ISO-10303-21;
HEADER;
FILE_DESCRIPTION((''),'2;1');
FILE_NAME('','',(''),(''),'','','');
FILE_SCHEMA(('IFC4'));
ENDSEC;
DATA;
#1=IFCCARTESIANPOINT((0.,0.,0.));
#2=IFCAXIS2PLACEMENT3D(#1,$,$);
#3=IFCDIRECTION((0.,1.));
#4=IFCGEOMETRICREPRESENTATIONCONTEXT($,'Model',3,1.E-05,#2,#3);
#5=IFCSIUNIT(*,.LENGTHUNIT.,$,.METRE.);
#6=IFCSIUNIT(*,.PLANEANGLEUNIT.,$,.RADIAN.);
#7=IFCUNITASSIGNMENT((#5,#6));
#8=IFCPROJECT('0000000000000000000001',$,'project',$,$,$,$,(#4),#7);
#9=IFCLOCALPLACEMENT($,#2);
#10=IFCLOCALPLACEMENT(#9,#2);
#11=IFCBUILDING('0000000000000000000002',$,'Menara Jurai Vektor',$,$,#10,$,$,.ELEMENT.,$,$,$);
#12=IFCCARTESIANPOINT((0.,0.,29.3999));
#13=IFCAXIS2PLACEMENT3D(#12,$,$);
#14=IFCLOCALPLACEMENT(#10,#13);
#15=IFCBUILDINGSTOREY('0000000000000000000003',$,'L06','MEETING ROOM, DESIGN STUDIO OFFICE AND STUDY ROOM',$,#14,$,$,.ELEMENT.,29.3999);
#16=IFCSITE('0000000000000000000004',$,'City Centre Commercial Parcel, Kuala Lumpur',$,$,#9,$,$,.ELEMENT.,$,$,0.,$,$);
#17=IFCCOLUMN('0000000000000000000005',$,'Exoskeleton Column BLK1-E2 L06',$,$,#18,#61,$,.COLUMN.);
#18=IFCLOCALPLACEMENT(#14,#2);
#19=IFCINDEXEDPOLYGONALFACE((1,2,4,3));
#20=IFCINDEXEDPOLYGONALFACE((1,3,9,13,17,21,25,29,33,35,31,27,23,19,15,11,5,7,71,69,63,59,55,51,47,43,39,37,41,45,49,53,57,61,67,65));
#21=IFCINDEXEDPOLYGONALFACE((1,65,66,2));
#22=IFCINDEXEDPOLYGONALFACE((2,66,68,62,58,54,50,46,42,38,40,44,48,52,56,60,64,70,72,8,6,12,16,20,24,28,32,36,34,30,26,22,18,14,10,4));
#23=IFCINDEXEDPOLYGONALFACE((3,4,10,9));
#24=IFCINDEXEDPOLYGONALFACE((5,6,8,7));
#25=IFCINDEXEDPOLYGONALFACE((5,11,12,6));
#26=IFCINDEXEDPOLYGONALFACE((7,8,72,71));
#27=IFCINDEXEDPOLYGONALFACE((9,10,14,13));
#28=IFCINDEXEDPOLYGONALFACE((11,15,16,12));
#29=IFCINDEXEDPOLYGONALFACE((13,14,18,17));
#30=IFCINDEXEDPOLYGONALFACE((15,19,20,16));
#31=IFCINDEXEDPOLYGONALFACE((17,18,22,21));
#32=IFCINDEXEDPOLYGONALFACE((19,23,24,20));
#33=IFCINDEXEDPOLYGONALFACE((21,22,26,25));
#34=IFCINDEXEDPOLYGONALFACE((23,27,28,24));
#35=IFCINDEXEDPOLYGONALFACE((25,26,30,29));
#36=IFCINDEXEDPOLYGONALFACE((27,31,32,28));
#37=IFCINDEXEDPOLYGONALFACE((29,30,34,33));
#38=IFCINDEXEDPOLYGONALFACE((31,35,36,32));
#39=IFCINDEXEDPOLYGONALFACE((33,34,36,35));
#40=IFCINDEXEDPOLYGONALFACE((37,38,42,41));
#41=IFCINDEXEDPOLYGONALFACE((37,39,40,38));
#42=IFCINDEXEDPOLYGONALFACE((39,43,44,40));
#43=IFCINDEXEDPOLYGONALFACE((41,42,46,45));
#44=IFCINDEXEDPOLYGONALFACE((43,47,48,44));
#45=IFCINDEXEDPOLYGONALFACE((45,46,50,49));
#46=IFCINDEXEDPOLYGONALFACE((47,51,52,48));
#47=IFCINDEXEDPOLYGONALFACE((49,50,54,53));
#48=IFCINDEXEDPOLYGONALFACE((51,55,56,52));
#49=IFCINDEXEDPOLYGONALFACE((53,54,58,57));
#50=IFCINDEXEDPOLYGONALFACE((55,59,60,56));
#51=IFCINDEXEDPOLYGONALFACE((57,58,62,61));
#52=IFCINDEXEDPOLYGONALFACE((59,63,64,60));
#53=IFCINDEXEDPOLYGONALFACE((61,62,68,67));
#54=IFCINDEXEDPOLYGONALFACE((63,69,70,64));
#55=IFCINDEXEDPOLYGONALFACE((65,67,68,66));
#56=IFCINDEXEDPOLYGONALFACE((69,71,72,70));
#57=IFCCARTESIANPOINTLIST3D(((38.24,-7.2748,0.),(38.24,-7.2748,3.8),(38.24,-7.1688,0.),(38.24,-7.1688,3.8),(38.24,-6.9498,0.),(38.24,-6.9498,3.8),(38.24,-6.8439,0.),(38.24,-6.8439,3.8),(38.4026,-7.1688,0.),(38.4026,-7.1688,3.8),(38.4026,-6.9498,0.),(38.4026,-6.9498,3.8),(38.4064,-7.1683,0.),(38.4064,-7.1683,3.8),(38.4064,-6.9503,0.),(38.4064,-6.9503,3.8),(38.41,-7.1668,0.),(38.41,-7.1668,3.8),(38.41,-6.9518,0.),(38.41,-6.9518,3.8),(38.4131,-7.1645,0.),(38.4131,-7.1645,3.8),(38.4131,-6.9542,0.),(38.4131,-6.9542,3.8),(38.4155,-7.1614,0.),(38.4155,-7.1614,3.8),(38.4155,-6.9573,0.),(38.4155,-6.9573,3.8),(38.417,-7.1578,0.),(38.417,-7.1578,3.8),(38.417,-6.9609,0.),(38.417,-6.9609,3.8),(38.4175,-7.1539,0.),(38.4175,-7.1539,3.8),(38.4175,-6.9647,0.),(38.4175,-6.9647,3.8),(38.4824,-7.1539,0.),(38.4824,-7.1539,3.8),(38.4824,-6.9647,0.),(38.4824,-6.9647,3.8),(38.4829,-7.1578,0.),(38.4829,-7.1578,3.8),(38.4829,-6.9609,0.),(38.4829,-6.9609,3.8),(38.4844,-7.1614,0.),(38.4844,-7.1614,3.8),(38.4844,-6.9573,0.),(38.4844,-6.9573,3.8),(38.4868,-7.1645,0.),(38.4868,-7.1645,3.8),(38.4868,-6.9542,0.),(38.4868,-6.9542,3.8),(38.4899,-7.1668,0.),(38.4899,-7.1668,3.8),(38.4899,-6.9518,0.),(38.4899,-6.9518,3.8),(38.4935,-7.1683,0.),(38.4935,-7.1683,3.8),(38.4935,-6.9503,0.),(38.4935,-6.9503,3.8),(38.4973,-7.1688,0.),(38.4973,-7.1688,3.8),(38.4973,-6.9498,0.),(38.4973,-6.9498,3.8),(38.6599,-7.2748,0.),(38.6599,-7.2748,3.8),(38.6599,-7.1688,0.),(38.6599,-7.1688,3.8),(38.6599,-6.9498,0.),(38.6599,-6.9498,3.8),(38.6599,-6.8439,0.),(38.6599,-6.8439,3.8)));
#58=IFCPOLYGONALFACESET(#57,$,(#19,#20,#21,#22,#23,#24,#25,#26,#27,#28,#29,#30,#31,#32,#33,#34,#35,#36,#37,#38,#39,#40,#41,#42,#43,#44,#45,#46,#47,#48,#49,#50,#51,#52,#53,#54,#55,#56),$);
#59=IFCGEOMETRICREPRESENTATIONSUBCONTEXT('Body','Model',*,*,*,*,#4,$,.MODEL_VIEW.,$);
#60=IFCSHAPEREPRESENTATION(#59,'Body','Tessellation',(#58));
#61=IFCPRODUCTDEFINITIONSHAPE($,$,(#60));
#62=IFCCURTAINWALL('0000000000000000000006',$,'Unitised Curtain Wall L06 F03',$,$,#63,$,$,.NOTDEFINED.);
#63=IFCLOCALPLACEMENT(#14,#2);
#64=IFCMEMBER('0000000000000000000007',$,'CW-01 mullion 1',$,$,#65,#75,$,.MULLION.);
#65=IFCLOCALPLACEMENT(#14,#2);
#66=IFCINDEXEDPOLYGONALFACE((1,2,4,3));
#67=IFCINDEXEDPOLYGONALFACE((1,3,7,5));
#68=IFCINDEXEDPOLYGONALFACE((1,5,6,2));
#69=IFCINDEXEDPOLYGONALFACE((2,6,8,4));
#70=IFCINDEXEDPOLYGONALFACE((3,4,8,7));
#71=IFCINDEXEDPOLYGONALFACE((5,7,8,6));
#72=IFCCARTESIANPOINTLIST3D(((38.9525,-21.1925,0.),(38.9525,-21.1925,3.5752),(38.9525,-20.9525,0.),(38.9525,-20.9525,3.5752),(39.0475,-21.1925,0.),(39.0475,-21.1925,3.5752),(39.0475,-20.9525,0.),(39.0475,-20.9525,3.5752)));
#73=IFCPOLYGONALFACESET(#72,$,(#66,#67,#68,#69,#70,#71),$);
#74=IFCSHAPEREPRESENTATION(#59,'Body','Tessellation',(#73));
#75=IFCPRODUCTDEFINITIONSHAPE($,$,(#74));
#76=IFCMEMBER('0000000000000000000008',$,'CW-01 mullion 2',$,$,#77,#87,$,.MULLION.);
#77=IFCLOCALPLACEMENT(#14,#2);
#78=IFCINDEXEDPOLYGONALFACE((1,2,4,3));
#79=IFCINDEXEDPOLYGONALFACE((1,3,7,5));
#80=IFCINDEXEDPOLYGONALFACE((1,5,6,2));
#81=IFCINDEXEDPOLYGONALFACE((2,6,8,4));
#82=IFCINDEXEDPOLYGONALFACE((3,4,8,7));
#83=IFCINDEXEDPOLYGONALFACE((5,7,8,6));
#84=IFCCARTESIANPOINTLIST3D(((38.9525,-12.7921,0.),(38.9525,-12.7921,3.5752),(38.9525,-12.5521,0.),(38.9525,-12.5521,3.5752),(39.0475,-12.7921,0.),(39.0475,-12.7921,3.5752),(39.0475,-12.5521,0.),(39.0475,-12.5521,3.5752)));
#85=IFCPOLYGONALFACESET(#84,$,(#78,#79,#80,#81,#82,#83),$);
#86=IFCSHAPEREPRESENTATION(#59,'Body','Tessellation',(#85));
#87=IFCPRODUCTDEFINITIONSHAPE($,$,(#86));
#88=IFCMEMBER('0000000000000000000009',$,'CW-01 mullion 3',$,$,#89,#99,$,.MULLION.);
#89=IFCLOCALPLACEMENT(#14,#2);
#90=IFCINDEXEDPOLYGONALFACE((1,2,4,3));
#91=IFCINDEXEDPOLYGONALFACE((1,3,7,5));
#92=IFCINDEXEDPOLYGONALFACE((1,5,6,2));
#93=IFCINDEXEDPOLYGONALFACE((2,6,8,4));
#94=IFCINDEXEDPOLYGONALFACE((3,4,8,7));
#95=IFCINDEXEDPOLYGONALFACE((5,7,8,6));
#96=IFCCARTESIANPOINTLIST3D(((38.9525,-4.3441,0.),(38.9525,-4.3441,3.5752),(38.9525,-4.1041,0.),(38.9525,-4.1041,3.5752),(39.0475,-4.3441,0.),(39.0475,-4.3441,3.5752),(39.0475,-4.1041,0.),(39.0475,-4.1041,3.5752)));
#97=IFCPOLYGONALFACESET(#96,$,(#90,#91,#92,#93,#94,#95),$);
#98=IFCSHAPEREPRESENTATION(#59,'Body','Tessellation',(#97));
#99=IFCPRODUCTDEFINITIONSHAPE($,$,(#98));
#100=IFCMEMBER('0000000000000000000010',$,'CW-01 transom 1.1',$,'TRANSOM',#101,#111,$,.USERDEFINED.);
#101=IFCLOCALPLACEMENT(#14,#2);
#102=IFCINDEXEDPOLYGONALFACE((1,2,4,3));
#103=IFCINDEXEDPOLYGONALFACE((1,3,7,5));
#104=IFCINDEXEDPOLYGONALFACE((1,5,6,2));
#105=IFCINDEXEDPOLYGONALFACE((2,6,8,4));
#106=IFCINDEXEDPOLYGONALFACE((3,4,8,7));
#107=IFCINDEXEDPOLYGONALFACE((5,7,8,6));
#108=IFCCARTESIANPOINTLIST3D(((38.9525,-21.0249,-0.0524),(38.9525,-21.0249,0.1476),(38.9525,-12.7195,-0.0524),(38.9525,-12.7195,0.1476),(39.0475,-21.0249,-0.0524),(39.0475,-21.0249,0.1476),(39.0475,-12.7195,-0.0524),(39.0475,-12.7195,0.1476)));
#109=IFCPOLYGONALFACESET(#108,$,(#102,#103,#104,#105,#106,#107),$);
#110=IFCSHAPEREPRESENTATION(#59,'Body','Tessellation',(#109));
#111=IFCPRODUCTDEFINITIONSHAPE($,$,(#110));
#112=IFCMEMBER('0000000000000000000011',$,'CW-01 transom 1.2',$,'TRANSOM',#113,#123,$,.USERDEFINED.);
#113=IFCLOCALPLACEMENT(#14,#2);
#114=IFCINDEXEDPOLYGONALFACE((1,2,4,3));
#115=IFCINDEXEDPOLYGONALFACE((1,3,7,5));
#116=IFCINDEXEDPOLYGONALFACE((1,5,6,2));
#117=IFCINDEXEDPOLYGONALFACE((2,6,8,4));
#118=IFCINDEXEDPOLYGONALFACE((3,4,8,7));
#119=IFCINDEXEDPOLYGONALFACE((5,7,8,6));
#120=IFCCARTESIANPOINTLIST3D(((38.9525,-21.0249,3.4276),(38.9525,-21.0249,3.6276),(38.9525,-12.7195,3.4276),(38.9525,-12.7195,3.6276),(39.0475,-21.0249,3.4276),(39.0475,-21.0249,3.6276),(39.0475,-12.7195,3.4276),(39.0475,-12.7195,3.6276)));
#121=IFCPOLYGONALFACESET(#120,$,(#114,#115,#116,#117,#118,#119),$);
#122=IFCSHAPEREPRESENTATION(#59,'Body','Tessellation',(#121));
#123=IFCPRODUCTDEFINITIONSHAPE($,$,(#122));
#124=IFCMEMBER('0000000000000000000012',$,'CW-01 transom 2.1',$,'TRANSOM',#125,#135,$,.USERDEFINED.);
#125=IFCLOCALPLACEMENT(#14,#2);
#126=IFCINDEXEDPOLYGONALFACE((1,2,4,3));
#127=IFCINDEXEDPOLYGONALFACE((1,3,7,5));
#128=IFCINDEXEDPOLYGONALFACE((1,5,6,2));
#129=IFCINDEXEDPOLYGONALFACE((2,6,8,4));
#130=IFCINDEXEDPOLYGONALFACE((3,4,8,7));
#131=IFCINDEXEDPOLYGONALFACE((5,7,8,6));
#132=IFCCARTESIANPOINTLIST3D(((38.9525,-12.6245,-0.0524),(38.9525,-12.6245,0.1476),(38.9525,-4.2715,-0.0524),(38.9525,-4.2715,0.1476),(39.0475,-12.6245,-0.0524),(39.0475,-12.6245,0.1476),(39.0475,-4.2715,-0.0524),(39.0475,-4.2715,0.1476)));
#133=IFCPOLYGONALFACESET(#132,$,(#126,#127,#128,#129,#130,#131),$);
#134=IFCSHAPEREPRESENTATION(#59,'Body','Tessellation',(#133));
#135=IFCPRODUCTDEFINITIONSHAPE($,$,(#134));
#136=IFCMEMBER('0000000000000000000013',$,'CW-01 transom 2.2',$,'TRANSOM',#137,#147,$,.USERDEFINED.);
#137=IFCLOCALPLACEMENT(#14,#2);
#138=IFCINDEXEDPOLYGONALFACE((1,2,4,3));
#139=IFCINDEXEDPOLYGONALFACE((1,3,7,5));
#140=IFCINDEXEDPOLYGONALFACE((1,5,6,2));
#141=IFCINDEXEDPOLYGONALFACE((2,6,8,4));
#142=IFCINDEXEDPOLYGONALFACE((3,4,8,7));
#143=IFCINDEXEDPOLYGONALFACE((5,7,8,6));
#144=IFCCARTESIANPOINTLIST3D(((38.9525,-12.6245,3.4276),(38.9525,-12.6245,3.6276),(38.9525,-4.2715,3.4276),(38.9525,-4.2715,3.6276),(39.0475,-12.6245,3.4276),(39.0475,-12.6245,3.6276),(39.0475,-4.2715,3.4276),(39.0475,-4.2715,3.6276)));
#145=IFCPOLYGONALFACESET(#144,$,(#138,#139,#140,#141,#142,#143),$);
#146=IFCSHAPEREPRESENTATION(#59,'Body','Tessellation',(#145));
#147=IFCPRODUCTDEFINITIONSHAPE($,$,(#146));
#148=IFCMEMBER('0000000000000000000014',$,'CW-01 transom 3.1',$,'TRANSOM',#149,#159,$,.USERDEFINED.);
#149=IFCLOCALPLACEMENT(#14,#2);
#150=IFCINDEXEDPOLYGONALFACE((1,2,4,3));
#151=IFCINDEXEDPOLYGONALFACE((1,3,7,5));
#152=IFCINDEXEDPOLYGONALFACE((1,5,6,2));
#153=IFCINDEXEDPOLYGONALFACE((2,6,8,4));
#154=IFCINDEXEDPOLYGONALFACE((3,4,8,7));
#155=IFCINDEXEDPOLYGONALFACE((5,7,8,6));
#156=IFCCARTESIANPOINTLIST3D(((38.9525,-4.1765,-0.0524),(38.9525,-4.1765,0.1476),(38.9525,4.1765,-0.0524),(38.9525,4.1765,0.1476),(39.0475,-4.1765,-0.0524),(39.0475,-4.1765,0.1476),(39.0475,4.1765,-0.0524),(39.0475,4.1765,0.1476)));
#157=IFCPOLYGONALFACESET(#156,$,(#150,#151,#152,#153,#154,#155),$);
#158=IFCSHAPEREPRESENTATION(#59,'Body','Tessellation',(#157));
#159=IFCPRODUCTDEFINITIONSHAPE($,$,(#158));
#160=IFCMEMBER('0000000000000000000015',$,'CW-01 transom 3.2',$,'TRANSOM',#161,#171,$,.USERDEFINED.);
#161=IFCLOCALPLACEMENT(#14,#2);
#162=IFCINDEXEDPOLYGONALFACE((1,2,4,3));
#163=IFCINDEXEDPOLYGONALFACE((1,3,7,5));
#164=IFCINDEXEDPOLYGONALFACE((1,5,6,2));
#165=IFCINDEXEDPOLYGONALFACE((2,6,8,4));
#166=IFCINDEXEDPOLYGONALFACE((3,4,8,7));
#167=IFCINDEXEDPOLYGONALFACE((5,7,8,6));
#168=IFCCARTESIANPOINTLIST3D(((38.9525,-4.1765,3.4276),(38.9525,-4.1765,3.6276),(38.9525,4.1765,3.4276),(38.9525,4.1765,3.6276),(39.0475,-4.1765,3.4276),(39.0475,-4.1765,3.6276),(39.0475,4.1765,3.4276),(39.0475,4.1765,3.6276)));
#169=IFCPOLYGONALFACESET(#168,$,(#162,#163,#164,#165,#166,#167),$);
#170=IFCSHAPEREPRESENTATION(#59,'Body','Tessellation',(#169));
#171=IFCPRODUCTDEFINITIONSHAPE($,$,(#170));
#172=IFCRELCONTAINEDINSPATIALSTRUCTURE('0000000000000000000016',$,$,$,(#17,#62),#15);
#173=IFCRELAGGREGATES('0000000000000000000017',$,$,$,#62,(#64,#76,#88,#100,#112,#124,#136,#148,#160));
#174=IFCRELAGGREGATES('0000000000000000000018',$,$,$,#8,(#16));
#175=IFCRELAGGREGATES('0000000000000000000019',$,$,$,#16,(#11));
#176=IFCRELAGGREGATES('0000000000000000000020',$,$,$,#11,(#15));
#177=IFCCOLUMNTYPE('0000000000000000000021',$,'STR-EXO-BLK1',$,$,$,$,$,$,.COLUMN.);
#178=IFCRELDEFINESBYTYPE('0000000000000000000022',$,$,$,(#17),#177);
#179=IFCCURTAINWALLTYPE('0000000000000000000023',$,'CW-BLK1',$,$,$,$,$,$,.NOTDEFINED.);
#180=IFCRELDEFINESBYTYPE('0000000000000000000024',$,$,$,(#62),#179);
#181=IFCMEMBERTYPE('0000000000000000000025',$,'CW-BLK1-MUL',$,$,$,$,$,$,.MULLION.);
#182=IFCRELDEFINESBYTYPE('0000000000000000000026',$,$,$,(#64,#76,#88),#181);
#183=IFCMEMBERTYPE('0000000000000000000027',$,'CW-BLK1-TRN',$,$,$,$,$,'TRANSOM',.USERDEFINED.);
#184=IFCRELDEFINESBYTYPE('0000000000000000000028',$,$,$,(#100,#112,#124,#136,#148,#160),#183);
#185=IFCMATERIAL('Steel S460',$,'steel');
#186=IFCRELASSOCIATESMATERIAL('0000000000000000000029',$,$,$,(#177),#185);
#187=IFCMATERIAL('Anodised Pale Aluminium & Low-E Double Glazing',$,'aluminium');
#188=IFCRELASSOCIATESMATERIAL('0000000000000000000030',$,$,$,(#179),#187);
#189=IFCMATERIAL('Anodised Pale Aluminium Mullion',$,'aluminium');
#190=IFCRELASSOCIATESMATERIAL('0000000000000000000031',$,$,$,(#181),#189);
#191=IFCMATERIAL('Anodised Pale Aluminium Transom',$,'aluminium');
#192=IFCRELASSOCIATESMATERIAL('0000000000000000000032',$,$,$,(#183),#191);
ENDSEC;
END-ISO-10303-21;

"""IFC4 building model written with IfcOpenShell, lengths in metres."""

from ifc_helpers import new_model, si_unit, direction, frame, origin, origin_2d, place, context, subcontext, project, spatial, rectangle, i_section, extrude, material, material_profile, profile_set, type_object, element, aggregate, save


model = new_model("IFC4")

# Units and contexts
model_context = context("Model", 3, precision=1e-05, world=origin(), true_north=direction((0.0, 1.0)))
body_context = subcontext(model_context, "Body", "Model", "MODEL_VIEW")
ifc_project = project(units=[si_unit("LENGTHUNIT", "METRE"), si_unit("PLANEANGLEUNIT", "RADIAN")], contexts=[model_context])

# Site, building, storey
site_placement = place(None, origin())
site = spatial("IfcSite", under=ifc_project, at=site_placement, Name="City Centre Commercial Parcel, Kuala Lumpur", CompositionType="ELEMENT", RefElevation=0.0)
building_placement = place(site_placement, origin())
building = spatial("IfcBuilding", under=site, at=building_placement, Name="Menara Jurai Vektor", CompositionType="ELEMENT")
storey_placement = place(building_placement, frame((0.0, 0.0, 29.3999)))
storey = spatial("IfcBuildingStorey", under=building, at=storey_placement, Name="L06", Description="MEETING ROOM, DESIGN STUDIO OFFICE AND STUDY ROOM", CompositionType="ELEMENT", Elevation=29.3999)

# Column
ifc_material_1 = material(Name="Steel S460", Category="steel")
ifc_material_profile_1 = material_profile(ifc_material_1, i_section(OverallWidth=0.4199, OverallDepth=0.4309, WebThickness=0.0649, FlangeThickness=0.106, FilletRadius=0.0149, at=origin_2d()), Name="HD 400x900")
ifc_profile_set_1 = profile_set([ifc_material_profile_1], Name="Steel S460")
column_type = type_object("IfcColumnType", Name="STR-EXO-BLK1", PredefinedType="COLUMN", material=ifc_profile_set_1)
column_placement = place(storey_placement, frame((38.45, -7.0593, 0.0), z_axis=(0.0, 0.0, 1.0), x_axis=(1.0, 0.0, 0.0)))
element("IfcColumn", 1, at=column_placement, inside=storey, type_object=column_type, Name="Exoskeleton Column BLK1-E2 L06", PredefinedType="COLUMN", context=body_context, shape_type="SweptSolid", body=[
    extrude(i_section(OverallWidth=0.4199, OverallDepth=0.4309, WebThickness=0.0649, FlangeThickness=0.106, FilletRadius=0.0149, at=origin_2d()), origin(), (0.0, 0.0, 1.0), 3.8),
])

# Curtain wall, members
ifc_material_2 = material(Name="Anodised Pale Aluminium & Low-E Double Glazing", Category="aluminium")
curtain_wall_type = type_object("IfcCurtainWallType", Name="CW-BLK1", PredefinedType="NOTDEFINED", material=ifc_material_2)
curtain_wall_placement = place(storey_placement, origin())
curtain_wall = element("IfcCurtainWall", 2, at=curtain_wall_placement, inside=storey, type_object=curtain_wall_type, Name="Unitised Curtain Wall L06 F03", PredefinedType="NOTDEFINED")
ifc_material_3 = material(Name="Anodised Pale Aluminium Mullion", Category="aluminium")
ifc_material_profile_2 = material_profile(ifc_material_3, rectangle(XDim=0.095, YDim=0.24, at=origin_2d()), Name="ALU MUL 95x240")
ifc_profile_set_2 = profile_set([ifc_material_profile_2], Name="Anodised Pale Aluminium Mullion")
member_type_1 = type_object("IfcMemberType", Name="CW-BLK1-MUL", PredefinedType="MULLION", material=ifc_profile_set_2)
member_1_placement = place(storey_placement, frame((39.0, -21.0725, 0.0), z_axis=(0.0, 0.0, 1.0), x_axis=(-1.0, 0.0, 0.0)))
member_1 = element("IfcMember", 3, at=member_1_placement, type_object=member_type_1, Name="CW-01 mullion 1", PredefinedType="MULLION", context=body_context, shape_type="SweptSolid", body=[
    extrude(rectangle(XDim=0.095, YDim=0.24, at=origin_2d()), origin(), (0.0, 0.0, 1.0), 3.5752),
])
member_2_placement = place(storey_placement, frame((39.0, -12.6721, 0.0), z_axis=(0.0, 0.0, 1.0), x_axis=(-1.0, 0.0, 0.0)))
member_2 = element("IfcMember", 4, at=member_2_placement, type_object=member_type_1, Name="CW-01 mullion 2", PredefinedType="MULLION", context=body_context, shape_type="SweptSolid", body=[
    extrude(rectangle(XDim=0.095, YDim=0.24, at=origin_2d()), origin(), (0.0, 0.0, 1.0), 3.5752),
])
member_3_placement = place(storey_placement, frame((39.0, -4.2241, 0.0), z_axis=(0.0, 0.0, 1.0), x_axis=(-1.0, 0.0, 0.0)))
member_3 = element("IfcMember", 5, at=member_3_placement, type_object=member_type_1, Name="CW-01 mullion 3", PredefinedType="MULLION", context=body_context, shape_type="SweptSolid", body=[
    extrude(rectangle(XDim=0.095, YDim=0.24, at=origin_2d()), origin(), (0.0, 0.0, 1.0), 3.5752),
])
ifc_material_4 = material(Name="Anodised Pale Aluminium Transom", Category="aluminium")
ifc_material_profile_3 = material_profile(ifc_material_4, rectangle(XDim=0.095, YDim=0.2, at=origin_2d()), Name="ALU TRN 95x200")
ifc_profile_set_3 = profile_set([ifc_material_profile_3], Name="Anodised Pale Aluminium Transom")
member_type_2 = type_object("IfcMemberType", Name="CW-BLK1-TRN", ElementType="TRANSOM", PredefinedType="USERDEFINED", material=ifc_profile_set_3)
member_4_placement = place(storey_placement, frame((39.0, -21.0249, 0.0476), z_axis=(0.0, 1.0, 0.0), x_axis=(-1.0, 0.0, 0.0)))
member_4 = element("IfcMember", 6, at=member_4_placement, type_object=member_type_2, Name="CW-01 transom 1.1", ObjectType="TRANSOM", PredefinedType="USERDEFINED", context=body_context, shape_type="SweptSolid", body=[
    extrude(rectangle(XDim=0.095, YDim=0.2, at=origin_2d()), origin(), (0.0, 0.0, 1.0), 8.3054),
])
member_5_placement = place(storey_placement, frame((39.0, -21.0249, 3.5276), z_axis=(0.0, 1.0, 0.0), x_axis=(-1.0, 0.0, 0.0)))
member_5 = element("IfcMember", 7, at=member_5_placement, type_object=member_type_2, Name="CW-01 transom 1.2", ObjectType="TRANSOM", PredefinedType="USERDEFINED", context=body_context, shape_type="SweptSolid", body=[
    extrude(rectangle(XDim=0.095, YDim=0.2, at=origin_2d()), origin(), (0.0, 0.0, 1.0), 8.3054),
])
member_6_placement = place(storey_placement, frame((39.0, -12.6245, 0.0476), z_axis=(0.0, 1.0, 0.0), x_axis=(-1.0, 0.0, 0.0)))
member_6 = element("IfcMember", 8, at=member_6_placement, type_object=member_type_2, Name="CW-01 transom 2.1", ObjectType="TRANSOM", PredefinedType="USERDEFINED", context=body_context, shape_type="SweptSolid", body=[
    extrude(rectangle(XDim=0.095, YDim=0.2, at=origin_2d()), origin(), (0.0, 0.0, 1.0), 8.353),
])
member_7_placement = place(storey_placement, frame((39.0, -12.6245, 3.5276), z_axis=(0.0, 1.0, 0.0), x_axis=(-1.0, 0.0, 0.0)))
member_7 = element("IfcMember", 9, at=member_7_placement, type_object=member_type_2, Name="CW-01 transom 2.2", ObjectType="TRANSOM", PredefinedType="USERDEFINED", context=body_context, shape_type="SweptSolid", body=[
    extrude(rectangle(XDim=0.095, YDim=0.2, at=origin_2d()), origin(), (0.0, 0.0, 1.0), 8.353),
])
member_8_placement = place(storey_placement, frame((39.0, -4.1765, 0.0476), z_axis=(0.0, 1.0, 0.0), x_axis=(-1.0, 0.0, 0.0)))
member_8 = element("IfcMember", 10, at=member_8_placement, type_object=member_type_2, Name="CW-01 transom 3.1", ObjectType="TRANSOM", PredefinedType="USERDEFINED", context=body_context, shape_type="SweptSolid", body=[
    extrude(rectangle(XDim=0.095, YDim=0.2, at=origin_2d()), origin(), (0.0, 0.0, 1.0), 8.353),
])
member_9_placement = place(storey_placement, frame((39.0, -4.1765, 3.5276), z_axis=(0.0, 1.0, 0.0), x_axis=(-1.0, 0.0, 0.0)))
member_9 = element("IfcMember", 11, at=member_9_placement, type_object=member_type_2, Name="CW-01 transom 3.2", ObjectType="TRANSOM", PredefinedType="USERDEFINED", context=body_context, shape_type="SweptSolid", body=[
    extrude(rectangle(XDim=0.095, YDim=0.2, at=origin_2d()), origin(), (0.0, 0.0, 1.0), 8.353),
])

aggregate(curtain_wall, [member_1, member_2, member_3, member_4, member_5, member_6, member_7, member_8, member_9])

save(model, "model.ifc")
